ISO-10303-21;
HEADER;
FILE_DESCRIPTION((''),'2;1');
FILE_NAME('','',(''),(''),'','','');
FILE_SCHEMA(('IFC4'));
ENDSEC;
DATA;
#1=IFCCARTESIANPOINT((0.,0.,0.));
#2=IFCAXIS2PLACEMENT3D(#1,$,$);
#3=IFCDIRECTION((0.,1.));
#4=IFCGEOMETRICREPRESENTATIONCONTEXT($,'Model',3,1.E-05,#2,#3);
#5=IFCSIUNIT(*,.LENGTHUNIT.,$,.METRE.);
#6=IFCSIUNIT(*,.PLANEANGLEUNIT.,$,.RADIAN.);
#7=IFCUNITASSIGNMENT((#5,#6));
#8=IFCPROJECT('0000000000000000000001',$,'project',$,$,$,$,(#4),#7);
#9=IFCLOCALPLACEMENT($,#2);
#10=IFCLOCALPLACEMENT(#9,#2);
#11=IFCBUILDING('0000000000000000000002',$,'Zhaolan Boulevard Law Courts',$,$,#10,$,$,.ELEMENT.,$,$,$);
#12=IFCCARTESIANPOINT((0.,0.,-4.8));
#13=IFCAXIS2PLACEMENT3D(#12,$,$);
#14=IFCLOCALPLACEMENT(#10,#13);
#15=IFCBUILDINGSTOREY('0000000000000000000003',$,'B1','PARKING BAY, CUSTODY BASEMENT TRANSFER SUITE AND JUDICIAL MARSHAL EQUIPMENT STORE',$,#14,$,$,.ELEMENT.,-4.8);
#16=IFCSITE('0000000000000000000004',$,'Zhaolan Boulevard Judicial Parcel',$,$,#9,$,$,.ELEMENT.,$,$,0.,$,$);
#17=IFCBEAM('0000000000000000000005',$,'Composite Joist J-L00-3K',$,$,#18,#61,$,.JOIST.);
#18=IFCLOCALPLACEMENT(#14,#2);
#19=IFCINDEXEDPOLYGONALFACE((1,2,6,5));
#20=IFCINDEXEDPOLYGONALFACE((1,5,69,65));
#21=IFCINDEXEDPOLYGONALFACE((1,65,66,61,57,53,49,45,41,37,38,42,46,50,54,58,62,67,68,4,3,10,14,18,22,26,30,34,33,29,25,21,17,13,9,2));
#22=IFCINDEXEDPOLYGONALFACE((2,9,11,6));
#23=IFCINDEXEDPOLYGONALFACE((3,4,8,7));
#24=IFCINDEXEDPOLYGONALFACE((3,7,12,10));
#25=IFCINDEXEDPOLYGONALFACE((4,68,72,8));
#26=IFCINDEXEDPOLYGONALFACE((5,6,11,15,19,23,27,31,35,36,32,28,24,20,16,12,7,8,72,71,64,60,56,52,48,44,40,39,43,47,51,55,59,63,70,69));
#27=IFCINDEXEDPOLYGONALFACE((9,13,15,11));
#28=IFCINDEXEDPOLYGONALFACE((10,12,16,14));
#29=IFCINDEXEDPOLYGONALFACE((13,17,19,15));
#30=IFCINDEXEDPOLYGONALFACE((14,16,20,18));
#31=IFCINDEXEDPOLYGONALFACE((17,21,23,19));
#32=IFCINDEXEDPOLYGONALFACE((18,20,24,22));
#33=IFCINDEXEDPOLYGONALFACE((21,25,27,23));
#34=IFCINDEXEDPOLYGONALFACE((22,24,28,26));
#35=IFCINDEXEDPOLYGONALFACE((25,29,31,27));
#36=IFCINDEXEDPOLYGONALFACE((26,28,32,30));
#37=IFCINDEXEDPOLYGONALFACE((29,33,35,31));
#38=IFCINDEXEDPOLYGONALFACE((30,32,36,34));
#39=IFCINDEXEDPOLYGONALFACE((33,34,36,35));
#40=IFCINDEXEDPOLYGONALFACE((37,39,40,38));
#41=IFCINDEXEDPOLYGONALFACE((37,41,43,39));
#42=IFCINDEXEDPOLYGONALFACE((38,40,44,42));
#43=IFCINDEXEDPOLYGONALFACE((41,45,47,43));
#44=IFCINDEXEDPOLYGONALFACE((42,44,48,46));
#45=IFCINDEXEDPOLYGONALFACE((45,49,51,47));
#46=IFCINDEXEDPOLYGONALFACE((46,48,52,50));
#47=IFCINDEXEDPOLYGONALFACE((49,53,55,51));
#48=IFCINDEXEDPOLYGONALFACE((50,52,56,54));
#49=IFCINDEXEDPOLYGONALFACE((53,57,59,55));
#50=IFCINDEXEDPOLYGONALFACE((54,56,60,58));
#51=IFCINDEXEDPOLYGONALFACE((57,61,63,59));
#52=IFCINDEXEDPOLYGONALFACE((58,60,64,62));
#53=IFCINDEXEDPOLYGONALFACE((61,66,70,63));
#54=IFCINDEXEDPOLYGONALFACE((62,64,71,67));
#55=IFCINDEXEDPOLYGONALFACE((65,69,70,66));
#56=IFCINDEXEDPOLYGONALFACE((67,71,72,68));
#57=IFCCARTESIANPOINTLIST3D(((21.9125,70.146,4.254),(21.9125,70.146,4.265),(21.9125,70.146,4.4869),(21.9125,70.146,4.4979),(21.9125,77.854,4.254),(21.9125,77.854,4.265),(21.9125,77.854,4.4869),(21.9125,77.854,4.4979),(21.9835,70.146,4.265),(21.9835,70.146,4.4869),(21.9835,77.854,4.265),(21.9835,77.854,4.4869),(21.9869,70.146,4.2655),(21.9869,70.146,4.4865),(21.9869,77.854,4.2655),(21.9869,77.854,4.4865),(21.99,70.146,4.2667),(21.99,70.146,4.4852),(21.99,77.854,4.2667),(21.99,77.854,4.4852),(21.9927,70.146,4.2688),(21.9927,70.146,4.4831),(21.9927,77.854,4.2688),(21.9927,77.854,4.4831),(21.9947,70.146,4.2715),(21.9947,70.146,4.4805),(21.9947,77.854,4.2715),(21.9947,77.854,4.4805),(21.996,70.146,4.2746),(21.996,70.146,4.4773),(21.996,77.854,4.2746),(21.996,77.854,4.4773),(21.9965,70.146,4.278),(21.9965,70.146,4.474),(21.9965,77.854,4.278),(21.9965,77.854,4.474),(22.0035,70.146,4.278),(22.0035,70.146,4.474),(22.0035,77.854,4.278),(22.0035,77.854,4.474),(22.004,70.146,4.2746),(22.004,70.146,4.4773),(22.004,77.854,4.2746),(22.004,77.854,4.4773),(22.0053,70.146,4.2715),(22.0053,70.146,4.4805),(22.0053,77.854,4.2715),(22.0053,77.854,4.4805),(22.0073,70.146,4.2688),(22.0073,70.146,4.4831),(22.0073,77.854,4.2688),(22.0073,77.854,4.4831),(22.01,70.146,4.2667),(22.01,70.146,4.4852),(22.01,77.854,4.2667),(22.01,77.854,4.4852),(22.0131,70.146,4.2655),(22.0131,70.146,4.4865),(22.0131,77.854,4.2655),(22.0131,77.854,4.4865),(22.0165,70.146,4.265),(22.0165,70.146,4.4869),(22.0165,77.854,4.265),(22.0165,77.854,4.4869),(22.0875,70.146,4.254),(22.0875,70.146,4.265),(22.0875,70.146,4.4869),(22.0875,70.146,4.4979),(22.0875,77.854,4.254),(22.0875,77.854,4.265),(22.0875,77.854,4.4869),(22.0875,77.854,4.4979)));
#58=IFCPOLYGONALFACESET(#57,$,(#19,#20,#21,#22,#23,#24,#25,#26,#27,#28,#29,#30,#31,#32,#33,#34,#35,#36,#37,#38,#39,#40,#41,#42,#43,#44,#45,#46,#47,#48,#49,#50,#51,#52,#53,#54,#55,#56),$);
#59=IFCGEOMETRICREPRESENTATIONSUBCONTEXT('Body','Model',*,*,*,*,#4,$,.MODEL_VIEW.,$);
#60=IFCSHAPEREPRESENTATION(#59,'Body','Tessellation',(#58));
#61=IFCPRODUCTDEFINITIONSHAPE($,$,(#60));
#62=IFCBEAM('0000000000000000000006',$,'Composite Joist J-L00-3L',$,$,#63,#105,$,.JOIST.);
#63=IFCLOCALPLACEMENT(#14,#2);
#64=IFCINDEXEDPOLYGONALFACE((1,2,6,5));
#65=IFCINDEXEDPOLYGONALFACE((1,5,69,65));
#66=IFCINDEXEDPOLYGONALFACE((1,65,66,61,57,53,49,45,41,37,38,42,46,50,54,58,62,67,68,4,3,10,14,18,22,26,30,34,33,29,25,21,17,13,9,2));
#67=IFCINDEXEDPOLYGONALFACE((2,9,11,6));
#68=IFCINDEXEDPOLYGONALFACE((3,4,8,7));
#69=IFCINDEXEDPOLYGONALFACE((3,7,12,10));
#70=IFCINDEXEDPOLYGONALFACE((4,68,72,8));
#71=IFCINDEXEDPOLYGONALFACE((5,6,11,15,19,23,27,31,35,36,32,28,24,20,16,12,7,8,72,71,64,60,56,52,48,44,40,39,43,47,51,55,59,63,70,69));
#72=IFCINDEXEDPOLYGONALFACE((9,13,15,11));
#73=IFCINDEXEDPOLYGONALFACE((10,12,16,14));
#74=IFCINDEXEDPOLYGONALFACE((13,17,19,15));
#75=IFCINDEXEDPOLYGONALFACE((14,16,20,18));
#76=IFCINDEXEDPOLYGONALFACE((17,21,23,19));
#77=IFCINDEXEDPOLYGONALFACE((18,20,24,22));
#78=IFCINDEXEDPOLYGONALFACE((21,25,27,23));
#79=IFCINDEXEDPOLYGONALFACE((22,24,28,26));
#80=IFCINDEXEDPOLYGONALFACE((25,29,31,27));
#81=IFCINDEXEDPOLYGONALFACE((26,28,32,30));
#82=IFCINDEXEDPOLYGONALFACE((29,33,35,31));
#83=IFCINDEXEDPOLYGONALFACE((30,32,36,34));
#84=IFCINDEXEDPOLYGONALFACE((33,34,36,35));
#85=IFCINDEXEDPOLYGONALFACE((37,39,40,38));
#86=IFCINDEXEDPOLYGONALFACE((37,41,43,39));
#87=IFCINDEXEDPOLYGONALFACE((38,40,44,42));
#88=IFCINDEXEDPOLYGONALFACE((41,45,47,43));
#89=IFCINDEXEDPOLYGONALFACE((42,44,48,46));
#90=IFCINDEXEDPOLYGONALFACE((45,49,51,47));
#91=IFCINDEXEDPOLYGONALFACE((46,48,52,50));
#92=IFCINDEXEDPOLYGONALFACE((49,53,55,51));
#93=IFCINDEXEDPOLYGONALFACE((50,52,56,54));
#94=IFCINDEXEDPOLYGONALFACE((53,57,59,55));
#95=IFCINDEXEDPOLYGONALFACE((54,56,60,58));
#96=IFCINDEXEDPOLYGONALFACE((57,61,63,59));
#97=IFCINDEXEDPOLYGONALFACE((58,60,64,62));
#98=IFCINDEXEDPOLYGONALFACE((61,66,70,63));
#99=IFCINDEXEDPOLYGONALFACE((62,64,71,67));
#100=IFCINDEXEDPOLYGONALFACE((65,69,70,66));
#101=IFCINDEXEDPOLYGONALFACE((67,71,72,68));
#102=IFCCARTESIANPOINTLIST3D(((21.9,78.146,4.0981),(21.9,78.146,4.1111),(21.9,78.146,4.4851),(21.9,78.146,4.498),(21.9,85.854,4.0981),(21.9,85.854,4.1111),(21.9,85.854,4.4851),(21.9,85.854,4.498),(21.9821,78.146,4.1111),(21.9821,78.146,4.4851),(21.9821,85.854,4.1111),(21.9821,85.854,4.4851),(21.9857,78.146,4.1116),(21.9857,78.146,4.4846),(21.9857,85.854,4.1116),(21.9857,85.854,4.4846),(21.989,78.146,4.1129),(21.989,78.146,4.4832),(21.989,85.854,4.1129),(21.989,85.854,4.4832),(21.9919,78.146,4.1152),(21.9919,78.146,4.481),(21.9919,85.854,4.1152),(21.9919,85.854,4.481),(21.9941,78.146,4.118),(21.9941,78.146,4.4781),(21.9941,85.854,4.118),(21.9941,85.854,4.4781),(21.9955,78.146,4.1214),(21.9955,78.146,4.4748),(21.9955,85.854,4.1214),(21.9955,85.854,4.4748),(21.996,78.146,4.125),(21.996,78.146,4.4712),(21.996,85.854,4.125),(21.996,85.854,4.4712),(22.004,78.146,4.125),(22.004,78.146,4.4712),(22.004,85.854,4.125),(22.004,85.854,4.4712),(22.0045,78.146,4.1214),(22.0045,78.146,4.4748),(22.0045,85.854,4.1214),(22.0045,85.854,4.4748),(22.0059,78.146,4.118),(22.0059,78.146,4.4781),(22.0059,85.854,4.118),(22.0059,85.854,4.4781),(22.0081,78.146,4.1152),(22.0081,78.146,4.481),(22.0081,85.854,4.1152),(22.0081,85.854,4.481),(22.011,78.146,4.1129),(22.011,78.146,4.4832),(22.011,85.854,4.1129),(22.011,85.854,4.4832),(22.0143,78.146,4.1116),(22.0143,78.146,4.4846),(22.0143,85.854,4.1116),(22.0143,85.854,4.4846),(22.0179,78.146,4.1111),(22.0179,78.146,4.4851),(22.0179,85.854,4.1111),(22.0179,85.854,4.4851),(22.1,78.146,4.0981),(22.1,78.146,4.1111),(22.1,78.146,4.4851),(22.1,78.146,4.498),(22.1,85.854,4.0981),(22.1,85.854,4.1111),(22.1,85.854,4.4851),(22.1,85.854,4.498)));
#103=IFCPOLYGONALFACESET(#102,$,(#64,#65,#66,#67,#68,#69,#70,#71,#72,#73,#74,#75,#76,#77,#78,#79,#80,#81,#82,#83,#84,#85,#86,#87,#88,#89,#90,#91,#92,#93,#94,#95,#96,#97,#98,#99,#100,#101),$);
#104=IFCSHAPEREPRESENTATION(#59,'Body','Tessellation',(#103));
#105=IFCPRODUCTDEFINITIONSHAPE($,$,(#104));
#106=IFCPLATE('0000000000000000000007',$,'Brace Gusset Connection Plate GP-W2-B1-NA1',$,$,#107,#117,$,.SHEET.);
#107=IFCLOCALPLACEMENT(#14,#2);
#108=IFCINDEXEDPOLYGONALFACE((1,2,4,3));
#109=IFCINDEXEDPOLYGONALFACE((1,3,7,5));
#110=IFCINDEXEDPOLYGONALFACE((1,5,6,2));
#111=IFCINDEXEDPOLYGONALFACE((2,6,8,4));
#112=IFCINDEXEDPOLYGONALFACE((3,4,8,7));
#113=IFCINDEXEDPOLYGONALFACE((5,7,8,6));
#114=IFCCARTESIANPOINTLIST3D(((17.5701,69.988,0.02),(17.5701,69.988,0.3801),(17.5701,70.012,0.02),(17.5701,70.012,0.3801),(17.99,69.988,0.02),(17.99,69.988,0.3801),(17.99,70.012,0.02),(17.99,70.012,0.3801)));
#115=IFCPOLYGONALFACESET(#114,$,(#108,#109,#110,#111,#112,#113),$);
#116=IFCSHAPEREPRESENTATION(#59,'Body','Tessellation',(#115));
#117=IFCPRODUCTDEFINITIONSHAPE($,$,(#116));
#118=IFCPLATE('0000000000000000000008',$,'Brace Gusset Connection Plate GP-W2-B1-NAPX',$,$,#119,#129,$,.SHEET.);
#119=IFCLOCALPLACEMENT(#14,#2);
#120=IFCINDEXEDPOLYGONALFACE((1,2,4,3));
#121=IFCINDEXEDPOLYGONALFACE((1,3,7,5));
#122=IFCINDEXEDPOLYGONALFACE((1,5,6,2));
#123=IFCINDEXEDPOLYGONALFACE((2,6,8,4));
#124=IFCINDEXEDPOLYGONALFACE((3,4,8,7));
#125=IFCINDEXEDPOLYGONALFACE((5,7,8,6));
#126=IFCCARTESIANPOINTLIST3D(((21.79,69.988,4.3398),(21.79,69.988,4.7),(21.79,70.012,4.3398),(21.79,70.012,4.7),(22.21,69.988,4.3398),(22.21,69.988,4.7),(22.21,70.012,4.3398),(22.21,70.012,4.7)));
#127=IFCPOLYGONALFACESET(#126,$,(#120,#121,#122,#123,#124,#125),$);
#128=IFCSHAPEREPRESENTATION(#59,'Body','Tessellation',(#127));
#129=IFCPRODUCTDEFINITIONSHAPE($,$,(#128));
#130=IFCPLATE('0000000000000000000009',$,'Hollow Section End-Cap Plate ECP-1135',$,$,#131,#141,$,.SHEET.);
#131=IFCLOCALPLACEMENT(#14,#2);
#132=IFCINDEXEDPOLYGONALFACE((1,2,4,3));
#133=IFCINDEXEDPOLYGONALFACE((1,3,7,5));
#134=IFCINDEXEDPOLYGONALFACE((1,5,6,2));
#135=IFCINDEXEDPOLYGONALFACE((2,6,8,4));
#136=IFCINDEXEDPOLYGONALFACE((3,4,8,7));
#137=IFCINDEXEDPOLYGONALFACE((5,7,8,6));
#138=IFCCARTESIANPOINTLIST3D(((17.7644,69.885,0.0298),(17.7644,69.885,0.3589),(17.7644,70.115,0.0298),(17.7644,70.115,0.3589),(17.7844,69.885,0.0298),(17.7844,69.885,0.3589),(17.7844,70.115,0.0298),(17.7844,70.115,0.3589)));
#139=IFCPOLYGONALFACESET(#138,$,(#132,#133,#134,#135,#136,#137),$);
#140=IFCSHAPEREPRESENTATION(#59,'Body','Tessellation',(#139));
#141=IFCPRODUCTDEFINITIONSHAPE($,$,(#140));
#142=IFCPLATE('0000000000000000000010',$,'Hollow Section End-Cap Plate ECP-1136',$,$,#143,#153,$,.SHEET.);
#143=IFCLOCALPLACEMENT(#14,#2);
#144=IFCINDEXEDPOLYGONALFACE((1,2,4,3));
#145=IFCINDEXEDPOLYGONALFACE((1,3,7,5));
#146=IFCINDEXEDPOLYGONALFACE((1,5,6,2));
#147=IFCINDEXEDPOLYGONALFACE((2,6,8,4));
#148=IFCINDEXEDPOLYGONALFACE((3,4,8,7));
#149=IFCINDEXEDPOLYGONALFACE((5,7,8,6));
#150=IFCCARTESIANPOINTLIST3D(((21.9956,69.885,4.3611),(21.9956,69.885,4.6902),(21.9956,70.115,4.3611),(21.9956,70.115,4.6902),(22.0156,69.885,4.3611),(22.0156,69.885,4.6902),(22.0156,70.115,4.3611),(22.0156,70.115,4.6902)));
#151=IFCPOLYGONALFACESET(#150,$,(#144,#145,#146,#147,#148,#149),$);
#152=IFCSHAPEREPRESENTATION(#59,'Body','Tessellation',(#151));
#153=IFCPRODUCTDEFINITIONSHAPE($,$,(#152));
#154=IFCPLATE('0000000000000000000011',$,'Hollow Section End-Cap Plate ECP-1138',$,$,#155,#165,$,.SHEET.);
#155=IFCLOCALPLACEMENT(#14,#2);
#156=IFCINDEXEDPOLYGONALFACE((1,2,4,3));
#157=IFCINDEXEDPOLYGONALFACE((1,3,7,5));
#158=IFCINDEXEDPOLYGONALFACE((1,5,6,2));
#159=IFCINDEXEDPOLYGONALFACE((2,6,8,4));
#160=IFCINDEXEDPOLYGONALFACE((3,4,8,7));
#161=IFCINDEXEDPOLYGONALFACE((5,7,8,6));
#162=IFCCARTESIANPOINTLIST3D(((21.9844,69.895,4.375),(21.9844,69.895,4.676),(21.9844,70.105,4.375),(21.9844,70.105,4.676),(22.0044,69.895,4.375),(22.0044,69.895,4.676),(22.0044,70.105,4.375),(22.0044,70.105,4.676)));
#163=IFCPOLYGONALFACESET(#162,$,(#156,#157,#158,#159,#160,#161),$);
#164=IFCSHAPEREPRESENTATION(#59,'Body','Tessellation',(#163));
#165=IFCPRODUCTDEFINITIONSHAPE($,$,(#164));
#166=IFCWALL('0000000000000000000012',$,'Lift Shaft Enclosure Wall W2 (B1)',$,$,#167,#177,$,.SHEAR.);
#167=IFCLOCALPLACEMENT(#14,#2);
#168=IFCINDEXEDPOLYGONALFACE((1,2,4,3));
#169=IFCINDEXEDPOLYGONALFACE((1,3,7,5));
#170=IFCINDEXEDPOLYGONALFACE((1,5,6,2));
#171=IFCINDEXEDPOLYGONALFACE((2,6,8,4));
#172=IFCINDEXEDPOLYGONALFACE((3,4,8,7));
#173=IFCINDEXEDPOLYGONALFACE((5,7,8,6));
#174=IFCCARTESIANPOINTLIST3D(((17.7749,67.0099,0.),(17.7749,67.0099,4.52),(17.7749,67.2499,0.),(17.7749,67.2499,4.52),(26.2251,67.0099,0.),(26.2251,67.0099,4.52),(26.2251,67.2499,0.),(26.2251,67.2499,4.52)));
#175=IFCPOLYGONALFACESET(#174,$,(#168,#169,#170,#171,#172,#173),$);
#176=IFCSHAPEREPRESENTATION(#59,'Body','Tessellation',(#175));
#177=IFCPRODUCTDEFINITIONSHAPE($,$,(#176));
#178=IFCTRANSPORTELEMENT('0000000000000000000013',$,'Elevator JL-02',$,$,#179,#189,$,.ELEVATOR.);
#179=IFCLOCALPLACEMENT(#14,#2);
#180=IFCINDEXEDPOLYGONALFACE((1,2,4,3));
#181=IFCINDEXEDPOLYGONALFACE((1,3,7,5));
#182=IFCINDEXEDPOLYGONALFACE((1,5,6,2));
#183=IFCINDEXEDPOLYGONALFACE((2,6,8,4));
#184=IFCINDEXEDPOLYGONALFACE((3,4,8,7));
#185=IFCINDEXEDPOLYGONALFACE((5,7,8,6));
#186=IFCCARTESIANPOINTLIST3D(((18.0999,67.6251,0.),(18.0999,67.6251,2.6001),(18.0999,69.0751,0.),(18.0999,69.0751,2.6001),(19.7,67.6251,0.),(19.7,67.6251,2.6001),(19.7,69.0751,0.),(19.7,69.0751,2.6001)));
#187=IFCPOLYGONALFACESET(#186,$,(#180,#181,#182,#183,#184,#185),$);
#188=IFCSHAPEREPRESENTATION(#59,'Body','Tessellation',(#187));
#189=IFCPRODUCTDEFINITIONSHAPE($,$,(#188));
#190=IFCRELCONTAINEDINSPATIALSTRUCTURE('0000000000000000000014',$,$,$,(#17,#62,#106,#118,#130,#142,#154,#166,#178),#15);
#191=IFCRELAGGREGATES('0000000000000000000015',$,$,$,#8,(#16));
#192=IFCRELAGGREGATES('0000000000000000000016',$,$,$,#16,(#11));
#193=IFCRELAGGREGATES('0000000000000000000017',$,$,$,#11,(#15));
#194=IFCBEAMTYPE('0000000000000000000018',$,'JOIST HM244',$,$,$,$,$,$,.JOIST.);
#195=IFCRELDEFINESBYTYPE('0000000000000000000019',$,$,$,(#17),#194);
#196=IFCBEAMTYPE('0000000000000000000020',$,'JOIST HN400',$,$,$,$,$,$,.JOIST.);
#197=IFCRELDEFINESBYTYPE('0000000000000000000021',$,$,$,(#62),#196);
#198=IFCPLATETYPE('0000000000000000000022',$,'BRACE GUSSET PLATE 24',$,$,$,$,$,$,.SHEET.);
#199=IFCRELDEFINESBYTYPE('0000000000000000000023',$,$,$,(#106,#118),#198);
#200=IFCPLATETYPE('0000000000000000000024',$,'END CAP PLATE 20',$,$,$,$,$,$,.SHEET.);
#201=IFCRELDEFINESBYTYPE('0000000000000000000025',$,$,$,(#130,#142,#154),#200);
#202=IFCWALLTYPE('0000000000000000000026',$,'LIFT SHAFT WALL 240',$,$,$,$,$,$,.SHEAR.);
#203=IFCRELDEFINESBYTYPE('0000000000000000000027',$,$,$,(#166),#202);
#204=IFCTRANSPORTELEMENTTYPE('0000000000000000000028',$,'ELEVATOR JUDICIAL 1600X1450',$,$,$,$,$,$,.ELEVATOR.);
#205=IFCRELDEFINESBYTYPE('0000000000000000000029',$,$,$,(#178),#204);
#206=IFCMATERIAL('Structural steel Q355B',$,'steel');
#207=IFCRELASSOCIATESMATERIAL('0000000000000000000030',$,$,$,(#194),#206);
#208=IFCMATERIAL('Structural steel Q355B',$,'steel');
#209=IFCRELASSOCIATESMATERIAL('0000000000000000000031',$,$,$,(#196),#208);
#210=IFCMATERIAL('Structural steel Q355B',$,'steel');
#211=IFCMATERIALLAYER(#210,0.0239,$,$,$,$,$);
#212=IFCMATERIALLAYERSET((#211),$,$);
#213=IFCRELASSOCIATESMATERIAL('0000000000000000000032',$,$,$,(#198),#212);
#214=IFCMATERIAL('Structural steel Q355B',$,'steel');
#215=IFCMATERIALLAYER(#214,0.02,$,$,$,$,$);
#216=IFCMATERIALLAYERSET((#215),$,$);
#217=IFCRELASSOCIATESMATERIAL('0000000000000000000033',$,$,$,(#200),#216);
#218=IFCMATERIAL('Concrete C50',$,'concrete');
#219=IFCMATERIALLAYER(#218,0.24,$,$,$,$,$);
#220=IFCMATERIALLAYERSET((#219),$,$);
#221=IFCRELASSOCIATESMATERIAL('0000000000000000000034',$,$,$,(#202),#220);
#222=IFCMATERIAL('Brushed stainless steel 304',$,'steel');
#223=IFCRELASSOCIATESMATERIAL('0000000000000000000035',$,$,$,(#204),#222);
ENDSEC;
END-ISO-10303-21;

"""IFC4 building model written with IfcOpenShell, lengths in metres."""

from ifc_helpers import new_model, si_unit, direction, frame, frame_2d, origin, origin_2d, place, context, subcontext, project, spatial, rectangle, i_section, extrude, material, layer, layer_set, material_profile, profile_set, type_object, element, save


model = new_model("IFC4")

# Units and contexts
model_context = context("Model", 3, precision=1e-05, world=origin(), true_north=direction((0.0, 1.0)))
body_context = subcontext(model_context, "Body", "Model", "MODEL_VIEW")
ifc_project = project(units=[si_unit("LENGTHUNIT", "METRE"), si_unit("PLANEANGLEUNIT", "RADIAN")], contexts=[model_context])

# Site, building, storey
site_placement = place(None, origin())
site = spatial("IfcSite", under=ifc_project, at=site_placement, Name="Zhaolan Boulevard Judicial Parcel", CompositionType="ELEMENT", RefElevation=0.0)
building_placement = place(site_placement, origin())
building = spatial("IfcBuilding", under=site, at=building_placement, Name="Zhaolan Boulevard Law Courts", CompositionType="ELEMENT")
storey_placement = place(building_placement, frame((0.0, 0.0, -4.8)))
storey = spatial("IfcBuildingStorey", under=building, at=storey_placement, Name="B1", Description="PARKING BAY, CUSTODY BASEMENT TRANSFER SUITE AND JUDICIAL MARSHAL EQUIPMENT STORE", CompositionType="ELEMENT", Elevation=-4.8)

# Beams
ifc_material_1 = material(Name="Structural steel Q355B", Category="steel")
ifc_material_profile_1 = material_profile(ifc_material_1, i_section(OverallWidth=0.175, OverallDepth=0.2439, WebThickness=0.0071, FlangeThickness=0.011, FilletRadius=0.0129, at=origin_2d()), Name="HM244x175")
ifc_profile_set_1 = profile_set([ifc_material_profile_1], Name="Structural steel Q355B")
beam_type_1 = type_object("IfcBeamType", Name="JOIST HM244", PredefinedType="JOIST", material=ifc_profile_set_1)
beam_1_placement = place(storey_placement, frame((22.0, 70.146, 4.376), z_axis=(0.0, 1.0, 0.0), x_axis=(-1.0, 0.0, 0.0)))
element("IfcBeam", 1, at=beam_1_placement, inside=storey, type_object=beam_type_1, Name="Composite Joist J-L00-3K", PredefinedType="JOIST", context=body_context, shape_type="SweptSolid", body=[
    extrude(i_section(OverallWidth=0.175, OverallDepth=0.2439, WebThickness=0.0071, FlangeThickness=0.011, FilletRadius=0.0129, at=origin_2d()), origin(), (0.0, 0.0, 1.0), 7.708),
])
ifc_material_2 = material(Name="Structural steel Q355B", Category="steel")
ifc_material_profile_2 = material_profile(ifc_material_2, i_section(OverallWidth=0.2, OverallDepth=0.3999, WebThickness=0.0081, FlangeThickness=0.0129, FilletRadius=0.0139, at=origin_2d()), Name="HN400x200")
ifc_profile_set_2 = profile_set([ifc_material_profile_2], Name="Structural steel Q355B")
beam_type_2 = type_object("IfcBeamType", Name="JOIST HN400", PredefinedType="JOIST", material=ifc_profile_set_2)
beam_2_placement = place(storey_placement, frame((22.0, 78.146, 4.2981), z_axis=(0.0, 1.0, 0.0), x_axis=(-1.0, 0.0, 0.0)))
element("IfcBeam", 2, at=beam_2_placement, inside=storey, type_object=beam_type_2, Name="Composite Joist J-L00-3L", PredefinedType="JOIST", context=body_context, shape_type="SweptSolid", body=[
    extrude(i_section(OverallWidth=0.2, OverallDepth=0.3999, WebThickness=0.0081, FlangeThickness=0.0129, FilletRadius=0.0139, at=origin_2d()), origin(), (0.0, 0.0, 1.0), 7.708),
])

# Plates
ifc_material_3 = material(Name="Structural steel Q355B", Category="steel")
ifc_layer_1 = layer(ifc_material_3, 0.0239)
ifc_layer_set_1 = layer_set([ifc_layer_1])
plate_type_1 = type_object("IfcPlateType", Name="BRACE GUSSET PLATE 24", PredefinedType="SHEET", material=ifc_layer_set_1)
for number, where, z_axis, x_axis, name in (
    (3, (17.78, 70.0, 0.02), (0.0, 0.0, 1.0), (1.0, 0.0, 0.0), "Brace Gusset Connection Plate GP-W2-B1-NA1"),
    (4, (22.0, 70.0, 4.3398), (0.0, 0.0, 1.0), (1.0, 0.0, 0.0), "Brace Gusset Connection Plate GP-W2-B1-NAPX"),
):
    element("IfcPlate", number, at=place(storey_placement, frame(where, z_axis=z_axis, x_axis=x_axis)), inside=storey, type_object=plate_type_1, Name=name, PredefinedType="SHEET", context=body_context, shape_type="SweptSolid", body=[
        extrude(rectangle(XDim=0.4199, YDim=0.0239, at=origin_2d()), origin(), (0.0, 0.0, 1.0), 0.3601),
    ])
ifc_material_4 = material(Name="Structural steel Q355B", Category="steel")
ifc_layer_2 = layer(ifc_material_4, 0.02)
ifc_layer_set_2 = layer_set([ifc_layer_2])
plate_type_2 = type_object("IfcPlateType", Name="END CAP PLATE 20", PredefinedType="SHEET", material=ifc_layer_set_2)
for number, where, z_axis, x_axis, name in (
    (5, (17.7744, 70.0, 0.0298), (0.0, 0.0, 1.0), (1.0, 0.0, 0.0), "Hollow Section End-Cap Plate ECP-1135"),
    (6, (22.0056, 70.0, 4.3611), (0.0, 0.0, 1.0), (1.0, 0.0, 0.0), "Hollow Section End-Cap Plate ECP-1136"),
):
    element("IfcPlate", number, at=place(storey_placement, frame(where, z_axis=z_axis, x_axis=x_axis)), inside=storey, type_object=plate_type_2, Name=name, PredefinedType="SHEET", context=body_context, shape_type="SweptSolid", body=[
        extrude(rectangle(XDim=0.02, YDim=0.23, at=origin_2d()), origin(), (0.0, 0.0, 1.0), 0.3291),
    ])
plate_placement = place(storey_placement, frame((21.9944, 70.0, 4.375), z_axis=(0.0, 0.0, 1.0), x_axis=(-1.0, 0.0, 0.0)))
element("IfcPlate", 7, at=plate_placement, inside=storey, type_object=plate_type_2, Name="Hollow Section End-Cap Plate ECP-1138", PredefinedType="SHEET", context=body_context, shape_type="SweptSolid", body=[
    extrude(rectangle(XDim=0.02, YDim=0.21, at=origin_2d()), origin(), (0.0, 0.0, 1.0), 0.301),
])

# Wall
ifc_material_5 = material(Name="Concrete C50", Category="concrete")
ifc_layer_3 = layer(ifc_material_5, 0.24)
ifc_layer_set_3 = layer_set([ifc_layer_3])
wall_type = type_object("IfcWallType", Name="LIFT SHAFT WALL 240", PredefinedType="SHEAR", material=ifc_layer_set_3)
wall_placement = place(storey_placement, frame((17.7749, 67.1299, 0.0), z_axis=(0.0, 0.0, 1.0), x_axis=(1.0, 0.0, 0.0)))
element("IfcWall", 8, at=wall_placement, inside=storey, type_object=wall_type, Name="Lift Shaft Enclosure Wall W2 (B1)", PredefinedType="SHEAR", context=body_context, shape_type="SweptSolid", body=[
    extrude(rectangle(XDim=8.4502, YDim=0.24, at=frame_2d((4.2251, 0.0))), origin(), (0.0, 0.0, 1.0), 4.52),
])

# Transport element
ifc_material_6 = material(Name="Brushed stainless steel 304", Category="steel")
transport_element_type = type_object("IfcTransportElementType", Name="ELEVATOR JUDICIAL 1600X1450", PredefinedType="ELEVATOR", material=ifc_material_6)
transport_element_placement = place(storey_placement, frame((18.8999, 68.3501, 0.0), z_axis=(0.0, 0.0, 1.0), x_axis=(1.0, 0.0, 0.0)))
element("IfcTransportElement", 9, at=transport_element_placement, inside=storey, type_object=transport_element_type, Name="Elevator JL-02", PredefinedType="ELEVATOR", context=body_context, shape_type="SweptSolid", body=[
    extrude(rectangle(XDim=1.6001, YDim=1.45, at=origin_2d()), origin(), (0.0, 0.0, 1.0), 2.6001),
])

save(model, "model.ifc")
